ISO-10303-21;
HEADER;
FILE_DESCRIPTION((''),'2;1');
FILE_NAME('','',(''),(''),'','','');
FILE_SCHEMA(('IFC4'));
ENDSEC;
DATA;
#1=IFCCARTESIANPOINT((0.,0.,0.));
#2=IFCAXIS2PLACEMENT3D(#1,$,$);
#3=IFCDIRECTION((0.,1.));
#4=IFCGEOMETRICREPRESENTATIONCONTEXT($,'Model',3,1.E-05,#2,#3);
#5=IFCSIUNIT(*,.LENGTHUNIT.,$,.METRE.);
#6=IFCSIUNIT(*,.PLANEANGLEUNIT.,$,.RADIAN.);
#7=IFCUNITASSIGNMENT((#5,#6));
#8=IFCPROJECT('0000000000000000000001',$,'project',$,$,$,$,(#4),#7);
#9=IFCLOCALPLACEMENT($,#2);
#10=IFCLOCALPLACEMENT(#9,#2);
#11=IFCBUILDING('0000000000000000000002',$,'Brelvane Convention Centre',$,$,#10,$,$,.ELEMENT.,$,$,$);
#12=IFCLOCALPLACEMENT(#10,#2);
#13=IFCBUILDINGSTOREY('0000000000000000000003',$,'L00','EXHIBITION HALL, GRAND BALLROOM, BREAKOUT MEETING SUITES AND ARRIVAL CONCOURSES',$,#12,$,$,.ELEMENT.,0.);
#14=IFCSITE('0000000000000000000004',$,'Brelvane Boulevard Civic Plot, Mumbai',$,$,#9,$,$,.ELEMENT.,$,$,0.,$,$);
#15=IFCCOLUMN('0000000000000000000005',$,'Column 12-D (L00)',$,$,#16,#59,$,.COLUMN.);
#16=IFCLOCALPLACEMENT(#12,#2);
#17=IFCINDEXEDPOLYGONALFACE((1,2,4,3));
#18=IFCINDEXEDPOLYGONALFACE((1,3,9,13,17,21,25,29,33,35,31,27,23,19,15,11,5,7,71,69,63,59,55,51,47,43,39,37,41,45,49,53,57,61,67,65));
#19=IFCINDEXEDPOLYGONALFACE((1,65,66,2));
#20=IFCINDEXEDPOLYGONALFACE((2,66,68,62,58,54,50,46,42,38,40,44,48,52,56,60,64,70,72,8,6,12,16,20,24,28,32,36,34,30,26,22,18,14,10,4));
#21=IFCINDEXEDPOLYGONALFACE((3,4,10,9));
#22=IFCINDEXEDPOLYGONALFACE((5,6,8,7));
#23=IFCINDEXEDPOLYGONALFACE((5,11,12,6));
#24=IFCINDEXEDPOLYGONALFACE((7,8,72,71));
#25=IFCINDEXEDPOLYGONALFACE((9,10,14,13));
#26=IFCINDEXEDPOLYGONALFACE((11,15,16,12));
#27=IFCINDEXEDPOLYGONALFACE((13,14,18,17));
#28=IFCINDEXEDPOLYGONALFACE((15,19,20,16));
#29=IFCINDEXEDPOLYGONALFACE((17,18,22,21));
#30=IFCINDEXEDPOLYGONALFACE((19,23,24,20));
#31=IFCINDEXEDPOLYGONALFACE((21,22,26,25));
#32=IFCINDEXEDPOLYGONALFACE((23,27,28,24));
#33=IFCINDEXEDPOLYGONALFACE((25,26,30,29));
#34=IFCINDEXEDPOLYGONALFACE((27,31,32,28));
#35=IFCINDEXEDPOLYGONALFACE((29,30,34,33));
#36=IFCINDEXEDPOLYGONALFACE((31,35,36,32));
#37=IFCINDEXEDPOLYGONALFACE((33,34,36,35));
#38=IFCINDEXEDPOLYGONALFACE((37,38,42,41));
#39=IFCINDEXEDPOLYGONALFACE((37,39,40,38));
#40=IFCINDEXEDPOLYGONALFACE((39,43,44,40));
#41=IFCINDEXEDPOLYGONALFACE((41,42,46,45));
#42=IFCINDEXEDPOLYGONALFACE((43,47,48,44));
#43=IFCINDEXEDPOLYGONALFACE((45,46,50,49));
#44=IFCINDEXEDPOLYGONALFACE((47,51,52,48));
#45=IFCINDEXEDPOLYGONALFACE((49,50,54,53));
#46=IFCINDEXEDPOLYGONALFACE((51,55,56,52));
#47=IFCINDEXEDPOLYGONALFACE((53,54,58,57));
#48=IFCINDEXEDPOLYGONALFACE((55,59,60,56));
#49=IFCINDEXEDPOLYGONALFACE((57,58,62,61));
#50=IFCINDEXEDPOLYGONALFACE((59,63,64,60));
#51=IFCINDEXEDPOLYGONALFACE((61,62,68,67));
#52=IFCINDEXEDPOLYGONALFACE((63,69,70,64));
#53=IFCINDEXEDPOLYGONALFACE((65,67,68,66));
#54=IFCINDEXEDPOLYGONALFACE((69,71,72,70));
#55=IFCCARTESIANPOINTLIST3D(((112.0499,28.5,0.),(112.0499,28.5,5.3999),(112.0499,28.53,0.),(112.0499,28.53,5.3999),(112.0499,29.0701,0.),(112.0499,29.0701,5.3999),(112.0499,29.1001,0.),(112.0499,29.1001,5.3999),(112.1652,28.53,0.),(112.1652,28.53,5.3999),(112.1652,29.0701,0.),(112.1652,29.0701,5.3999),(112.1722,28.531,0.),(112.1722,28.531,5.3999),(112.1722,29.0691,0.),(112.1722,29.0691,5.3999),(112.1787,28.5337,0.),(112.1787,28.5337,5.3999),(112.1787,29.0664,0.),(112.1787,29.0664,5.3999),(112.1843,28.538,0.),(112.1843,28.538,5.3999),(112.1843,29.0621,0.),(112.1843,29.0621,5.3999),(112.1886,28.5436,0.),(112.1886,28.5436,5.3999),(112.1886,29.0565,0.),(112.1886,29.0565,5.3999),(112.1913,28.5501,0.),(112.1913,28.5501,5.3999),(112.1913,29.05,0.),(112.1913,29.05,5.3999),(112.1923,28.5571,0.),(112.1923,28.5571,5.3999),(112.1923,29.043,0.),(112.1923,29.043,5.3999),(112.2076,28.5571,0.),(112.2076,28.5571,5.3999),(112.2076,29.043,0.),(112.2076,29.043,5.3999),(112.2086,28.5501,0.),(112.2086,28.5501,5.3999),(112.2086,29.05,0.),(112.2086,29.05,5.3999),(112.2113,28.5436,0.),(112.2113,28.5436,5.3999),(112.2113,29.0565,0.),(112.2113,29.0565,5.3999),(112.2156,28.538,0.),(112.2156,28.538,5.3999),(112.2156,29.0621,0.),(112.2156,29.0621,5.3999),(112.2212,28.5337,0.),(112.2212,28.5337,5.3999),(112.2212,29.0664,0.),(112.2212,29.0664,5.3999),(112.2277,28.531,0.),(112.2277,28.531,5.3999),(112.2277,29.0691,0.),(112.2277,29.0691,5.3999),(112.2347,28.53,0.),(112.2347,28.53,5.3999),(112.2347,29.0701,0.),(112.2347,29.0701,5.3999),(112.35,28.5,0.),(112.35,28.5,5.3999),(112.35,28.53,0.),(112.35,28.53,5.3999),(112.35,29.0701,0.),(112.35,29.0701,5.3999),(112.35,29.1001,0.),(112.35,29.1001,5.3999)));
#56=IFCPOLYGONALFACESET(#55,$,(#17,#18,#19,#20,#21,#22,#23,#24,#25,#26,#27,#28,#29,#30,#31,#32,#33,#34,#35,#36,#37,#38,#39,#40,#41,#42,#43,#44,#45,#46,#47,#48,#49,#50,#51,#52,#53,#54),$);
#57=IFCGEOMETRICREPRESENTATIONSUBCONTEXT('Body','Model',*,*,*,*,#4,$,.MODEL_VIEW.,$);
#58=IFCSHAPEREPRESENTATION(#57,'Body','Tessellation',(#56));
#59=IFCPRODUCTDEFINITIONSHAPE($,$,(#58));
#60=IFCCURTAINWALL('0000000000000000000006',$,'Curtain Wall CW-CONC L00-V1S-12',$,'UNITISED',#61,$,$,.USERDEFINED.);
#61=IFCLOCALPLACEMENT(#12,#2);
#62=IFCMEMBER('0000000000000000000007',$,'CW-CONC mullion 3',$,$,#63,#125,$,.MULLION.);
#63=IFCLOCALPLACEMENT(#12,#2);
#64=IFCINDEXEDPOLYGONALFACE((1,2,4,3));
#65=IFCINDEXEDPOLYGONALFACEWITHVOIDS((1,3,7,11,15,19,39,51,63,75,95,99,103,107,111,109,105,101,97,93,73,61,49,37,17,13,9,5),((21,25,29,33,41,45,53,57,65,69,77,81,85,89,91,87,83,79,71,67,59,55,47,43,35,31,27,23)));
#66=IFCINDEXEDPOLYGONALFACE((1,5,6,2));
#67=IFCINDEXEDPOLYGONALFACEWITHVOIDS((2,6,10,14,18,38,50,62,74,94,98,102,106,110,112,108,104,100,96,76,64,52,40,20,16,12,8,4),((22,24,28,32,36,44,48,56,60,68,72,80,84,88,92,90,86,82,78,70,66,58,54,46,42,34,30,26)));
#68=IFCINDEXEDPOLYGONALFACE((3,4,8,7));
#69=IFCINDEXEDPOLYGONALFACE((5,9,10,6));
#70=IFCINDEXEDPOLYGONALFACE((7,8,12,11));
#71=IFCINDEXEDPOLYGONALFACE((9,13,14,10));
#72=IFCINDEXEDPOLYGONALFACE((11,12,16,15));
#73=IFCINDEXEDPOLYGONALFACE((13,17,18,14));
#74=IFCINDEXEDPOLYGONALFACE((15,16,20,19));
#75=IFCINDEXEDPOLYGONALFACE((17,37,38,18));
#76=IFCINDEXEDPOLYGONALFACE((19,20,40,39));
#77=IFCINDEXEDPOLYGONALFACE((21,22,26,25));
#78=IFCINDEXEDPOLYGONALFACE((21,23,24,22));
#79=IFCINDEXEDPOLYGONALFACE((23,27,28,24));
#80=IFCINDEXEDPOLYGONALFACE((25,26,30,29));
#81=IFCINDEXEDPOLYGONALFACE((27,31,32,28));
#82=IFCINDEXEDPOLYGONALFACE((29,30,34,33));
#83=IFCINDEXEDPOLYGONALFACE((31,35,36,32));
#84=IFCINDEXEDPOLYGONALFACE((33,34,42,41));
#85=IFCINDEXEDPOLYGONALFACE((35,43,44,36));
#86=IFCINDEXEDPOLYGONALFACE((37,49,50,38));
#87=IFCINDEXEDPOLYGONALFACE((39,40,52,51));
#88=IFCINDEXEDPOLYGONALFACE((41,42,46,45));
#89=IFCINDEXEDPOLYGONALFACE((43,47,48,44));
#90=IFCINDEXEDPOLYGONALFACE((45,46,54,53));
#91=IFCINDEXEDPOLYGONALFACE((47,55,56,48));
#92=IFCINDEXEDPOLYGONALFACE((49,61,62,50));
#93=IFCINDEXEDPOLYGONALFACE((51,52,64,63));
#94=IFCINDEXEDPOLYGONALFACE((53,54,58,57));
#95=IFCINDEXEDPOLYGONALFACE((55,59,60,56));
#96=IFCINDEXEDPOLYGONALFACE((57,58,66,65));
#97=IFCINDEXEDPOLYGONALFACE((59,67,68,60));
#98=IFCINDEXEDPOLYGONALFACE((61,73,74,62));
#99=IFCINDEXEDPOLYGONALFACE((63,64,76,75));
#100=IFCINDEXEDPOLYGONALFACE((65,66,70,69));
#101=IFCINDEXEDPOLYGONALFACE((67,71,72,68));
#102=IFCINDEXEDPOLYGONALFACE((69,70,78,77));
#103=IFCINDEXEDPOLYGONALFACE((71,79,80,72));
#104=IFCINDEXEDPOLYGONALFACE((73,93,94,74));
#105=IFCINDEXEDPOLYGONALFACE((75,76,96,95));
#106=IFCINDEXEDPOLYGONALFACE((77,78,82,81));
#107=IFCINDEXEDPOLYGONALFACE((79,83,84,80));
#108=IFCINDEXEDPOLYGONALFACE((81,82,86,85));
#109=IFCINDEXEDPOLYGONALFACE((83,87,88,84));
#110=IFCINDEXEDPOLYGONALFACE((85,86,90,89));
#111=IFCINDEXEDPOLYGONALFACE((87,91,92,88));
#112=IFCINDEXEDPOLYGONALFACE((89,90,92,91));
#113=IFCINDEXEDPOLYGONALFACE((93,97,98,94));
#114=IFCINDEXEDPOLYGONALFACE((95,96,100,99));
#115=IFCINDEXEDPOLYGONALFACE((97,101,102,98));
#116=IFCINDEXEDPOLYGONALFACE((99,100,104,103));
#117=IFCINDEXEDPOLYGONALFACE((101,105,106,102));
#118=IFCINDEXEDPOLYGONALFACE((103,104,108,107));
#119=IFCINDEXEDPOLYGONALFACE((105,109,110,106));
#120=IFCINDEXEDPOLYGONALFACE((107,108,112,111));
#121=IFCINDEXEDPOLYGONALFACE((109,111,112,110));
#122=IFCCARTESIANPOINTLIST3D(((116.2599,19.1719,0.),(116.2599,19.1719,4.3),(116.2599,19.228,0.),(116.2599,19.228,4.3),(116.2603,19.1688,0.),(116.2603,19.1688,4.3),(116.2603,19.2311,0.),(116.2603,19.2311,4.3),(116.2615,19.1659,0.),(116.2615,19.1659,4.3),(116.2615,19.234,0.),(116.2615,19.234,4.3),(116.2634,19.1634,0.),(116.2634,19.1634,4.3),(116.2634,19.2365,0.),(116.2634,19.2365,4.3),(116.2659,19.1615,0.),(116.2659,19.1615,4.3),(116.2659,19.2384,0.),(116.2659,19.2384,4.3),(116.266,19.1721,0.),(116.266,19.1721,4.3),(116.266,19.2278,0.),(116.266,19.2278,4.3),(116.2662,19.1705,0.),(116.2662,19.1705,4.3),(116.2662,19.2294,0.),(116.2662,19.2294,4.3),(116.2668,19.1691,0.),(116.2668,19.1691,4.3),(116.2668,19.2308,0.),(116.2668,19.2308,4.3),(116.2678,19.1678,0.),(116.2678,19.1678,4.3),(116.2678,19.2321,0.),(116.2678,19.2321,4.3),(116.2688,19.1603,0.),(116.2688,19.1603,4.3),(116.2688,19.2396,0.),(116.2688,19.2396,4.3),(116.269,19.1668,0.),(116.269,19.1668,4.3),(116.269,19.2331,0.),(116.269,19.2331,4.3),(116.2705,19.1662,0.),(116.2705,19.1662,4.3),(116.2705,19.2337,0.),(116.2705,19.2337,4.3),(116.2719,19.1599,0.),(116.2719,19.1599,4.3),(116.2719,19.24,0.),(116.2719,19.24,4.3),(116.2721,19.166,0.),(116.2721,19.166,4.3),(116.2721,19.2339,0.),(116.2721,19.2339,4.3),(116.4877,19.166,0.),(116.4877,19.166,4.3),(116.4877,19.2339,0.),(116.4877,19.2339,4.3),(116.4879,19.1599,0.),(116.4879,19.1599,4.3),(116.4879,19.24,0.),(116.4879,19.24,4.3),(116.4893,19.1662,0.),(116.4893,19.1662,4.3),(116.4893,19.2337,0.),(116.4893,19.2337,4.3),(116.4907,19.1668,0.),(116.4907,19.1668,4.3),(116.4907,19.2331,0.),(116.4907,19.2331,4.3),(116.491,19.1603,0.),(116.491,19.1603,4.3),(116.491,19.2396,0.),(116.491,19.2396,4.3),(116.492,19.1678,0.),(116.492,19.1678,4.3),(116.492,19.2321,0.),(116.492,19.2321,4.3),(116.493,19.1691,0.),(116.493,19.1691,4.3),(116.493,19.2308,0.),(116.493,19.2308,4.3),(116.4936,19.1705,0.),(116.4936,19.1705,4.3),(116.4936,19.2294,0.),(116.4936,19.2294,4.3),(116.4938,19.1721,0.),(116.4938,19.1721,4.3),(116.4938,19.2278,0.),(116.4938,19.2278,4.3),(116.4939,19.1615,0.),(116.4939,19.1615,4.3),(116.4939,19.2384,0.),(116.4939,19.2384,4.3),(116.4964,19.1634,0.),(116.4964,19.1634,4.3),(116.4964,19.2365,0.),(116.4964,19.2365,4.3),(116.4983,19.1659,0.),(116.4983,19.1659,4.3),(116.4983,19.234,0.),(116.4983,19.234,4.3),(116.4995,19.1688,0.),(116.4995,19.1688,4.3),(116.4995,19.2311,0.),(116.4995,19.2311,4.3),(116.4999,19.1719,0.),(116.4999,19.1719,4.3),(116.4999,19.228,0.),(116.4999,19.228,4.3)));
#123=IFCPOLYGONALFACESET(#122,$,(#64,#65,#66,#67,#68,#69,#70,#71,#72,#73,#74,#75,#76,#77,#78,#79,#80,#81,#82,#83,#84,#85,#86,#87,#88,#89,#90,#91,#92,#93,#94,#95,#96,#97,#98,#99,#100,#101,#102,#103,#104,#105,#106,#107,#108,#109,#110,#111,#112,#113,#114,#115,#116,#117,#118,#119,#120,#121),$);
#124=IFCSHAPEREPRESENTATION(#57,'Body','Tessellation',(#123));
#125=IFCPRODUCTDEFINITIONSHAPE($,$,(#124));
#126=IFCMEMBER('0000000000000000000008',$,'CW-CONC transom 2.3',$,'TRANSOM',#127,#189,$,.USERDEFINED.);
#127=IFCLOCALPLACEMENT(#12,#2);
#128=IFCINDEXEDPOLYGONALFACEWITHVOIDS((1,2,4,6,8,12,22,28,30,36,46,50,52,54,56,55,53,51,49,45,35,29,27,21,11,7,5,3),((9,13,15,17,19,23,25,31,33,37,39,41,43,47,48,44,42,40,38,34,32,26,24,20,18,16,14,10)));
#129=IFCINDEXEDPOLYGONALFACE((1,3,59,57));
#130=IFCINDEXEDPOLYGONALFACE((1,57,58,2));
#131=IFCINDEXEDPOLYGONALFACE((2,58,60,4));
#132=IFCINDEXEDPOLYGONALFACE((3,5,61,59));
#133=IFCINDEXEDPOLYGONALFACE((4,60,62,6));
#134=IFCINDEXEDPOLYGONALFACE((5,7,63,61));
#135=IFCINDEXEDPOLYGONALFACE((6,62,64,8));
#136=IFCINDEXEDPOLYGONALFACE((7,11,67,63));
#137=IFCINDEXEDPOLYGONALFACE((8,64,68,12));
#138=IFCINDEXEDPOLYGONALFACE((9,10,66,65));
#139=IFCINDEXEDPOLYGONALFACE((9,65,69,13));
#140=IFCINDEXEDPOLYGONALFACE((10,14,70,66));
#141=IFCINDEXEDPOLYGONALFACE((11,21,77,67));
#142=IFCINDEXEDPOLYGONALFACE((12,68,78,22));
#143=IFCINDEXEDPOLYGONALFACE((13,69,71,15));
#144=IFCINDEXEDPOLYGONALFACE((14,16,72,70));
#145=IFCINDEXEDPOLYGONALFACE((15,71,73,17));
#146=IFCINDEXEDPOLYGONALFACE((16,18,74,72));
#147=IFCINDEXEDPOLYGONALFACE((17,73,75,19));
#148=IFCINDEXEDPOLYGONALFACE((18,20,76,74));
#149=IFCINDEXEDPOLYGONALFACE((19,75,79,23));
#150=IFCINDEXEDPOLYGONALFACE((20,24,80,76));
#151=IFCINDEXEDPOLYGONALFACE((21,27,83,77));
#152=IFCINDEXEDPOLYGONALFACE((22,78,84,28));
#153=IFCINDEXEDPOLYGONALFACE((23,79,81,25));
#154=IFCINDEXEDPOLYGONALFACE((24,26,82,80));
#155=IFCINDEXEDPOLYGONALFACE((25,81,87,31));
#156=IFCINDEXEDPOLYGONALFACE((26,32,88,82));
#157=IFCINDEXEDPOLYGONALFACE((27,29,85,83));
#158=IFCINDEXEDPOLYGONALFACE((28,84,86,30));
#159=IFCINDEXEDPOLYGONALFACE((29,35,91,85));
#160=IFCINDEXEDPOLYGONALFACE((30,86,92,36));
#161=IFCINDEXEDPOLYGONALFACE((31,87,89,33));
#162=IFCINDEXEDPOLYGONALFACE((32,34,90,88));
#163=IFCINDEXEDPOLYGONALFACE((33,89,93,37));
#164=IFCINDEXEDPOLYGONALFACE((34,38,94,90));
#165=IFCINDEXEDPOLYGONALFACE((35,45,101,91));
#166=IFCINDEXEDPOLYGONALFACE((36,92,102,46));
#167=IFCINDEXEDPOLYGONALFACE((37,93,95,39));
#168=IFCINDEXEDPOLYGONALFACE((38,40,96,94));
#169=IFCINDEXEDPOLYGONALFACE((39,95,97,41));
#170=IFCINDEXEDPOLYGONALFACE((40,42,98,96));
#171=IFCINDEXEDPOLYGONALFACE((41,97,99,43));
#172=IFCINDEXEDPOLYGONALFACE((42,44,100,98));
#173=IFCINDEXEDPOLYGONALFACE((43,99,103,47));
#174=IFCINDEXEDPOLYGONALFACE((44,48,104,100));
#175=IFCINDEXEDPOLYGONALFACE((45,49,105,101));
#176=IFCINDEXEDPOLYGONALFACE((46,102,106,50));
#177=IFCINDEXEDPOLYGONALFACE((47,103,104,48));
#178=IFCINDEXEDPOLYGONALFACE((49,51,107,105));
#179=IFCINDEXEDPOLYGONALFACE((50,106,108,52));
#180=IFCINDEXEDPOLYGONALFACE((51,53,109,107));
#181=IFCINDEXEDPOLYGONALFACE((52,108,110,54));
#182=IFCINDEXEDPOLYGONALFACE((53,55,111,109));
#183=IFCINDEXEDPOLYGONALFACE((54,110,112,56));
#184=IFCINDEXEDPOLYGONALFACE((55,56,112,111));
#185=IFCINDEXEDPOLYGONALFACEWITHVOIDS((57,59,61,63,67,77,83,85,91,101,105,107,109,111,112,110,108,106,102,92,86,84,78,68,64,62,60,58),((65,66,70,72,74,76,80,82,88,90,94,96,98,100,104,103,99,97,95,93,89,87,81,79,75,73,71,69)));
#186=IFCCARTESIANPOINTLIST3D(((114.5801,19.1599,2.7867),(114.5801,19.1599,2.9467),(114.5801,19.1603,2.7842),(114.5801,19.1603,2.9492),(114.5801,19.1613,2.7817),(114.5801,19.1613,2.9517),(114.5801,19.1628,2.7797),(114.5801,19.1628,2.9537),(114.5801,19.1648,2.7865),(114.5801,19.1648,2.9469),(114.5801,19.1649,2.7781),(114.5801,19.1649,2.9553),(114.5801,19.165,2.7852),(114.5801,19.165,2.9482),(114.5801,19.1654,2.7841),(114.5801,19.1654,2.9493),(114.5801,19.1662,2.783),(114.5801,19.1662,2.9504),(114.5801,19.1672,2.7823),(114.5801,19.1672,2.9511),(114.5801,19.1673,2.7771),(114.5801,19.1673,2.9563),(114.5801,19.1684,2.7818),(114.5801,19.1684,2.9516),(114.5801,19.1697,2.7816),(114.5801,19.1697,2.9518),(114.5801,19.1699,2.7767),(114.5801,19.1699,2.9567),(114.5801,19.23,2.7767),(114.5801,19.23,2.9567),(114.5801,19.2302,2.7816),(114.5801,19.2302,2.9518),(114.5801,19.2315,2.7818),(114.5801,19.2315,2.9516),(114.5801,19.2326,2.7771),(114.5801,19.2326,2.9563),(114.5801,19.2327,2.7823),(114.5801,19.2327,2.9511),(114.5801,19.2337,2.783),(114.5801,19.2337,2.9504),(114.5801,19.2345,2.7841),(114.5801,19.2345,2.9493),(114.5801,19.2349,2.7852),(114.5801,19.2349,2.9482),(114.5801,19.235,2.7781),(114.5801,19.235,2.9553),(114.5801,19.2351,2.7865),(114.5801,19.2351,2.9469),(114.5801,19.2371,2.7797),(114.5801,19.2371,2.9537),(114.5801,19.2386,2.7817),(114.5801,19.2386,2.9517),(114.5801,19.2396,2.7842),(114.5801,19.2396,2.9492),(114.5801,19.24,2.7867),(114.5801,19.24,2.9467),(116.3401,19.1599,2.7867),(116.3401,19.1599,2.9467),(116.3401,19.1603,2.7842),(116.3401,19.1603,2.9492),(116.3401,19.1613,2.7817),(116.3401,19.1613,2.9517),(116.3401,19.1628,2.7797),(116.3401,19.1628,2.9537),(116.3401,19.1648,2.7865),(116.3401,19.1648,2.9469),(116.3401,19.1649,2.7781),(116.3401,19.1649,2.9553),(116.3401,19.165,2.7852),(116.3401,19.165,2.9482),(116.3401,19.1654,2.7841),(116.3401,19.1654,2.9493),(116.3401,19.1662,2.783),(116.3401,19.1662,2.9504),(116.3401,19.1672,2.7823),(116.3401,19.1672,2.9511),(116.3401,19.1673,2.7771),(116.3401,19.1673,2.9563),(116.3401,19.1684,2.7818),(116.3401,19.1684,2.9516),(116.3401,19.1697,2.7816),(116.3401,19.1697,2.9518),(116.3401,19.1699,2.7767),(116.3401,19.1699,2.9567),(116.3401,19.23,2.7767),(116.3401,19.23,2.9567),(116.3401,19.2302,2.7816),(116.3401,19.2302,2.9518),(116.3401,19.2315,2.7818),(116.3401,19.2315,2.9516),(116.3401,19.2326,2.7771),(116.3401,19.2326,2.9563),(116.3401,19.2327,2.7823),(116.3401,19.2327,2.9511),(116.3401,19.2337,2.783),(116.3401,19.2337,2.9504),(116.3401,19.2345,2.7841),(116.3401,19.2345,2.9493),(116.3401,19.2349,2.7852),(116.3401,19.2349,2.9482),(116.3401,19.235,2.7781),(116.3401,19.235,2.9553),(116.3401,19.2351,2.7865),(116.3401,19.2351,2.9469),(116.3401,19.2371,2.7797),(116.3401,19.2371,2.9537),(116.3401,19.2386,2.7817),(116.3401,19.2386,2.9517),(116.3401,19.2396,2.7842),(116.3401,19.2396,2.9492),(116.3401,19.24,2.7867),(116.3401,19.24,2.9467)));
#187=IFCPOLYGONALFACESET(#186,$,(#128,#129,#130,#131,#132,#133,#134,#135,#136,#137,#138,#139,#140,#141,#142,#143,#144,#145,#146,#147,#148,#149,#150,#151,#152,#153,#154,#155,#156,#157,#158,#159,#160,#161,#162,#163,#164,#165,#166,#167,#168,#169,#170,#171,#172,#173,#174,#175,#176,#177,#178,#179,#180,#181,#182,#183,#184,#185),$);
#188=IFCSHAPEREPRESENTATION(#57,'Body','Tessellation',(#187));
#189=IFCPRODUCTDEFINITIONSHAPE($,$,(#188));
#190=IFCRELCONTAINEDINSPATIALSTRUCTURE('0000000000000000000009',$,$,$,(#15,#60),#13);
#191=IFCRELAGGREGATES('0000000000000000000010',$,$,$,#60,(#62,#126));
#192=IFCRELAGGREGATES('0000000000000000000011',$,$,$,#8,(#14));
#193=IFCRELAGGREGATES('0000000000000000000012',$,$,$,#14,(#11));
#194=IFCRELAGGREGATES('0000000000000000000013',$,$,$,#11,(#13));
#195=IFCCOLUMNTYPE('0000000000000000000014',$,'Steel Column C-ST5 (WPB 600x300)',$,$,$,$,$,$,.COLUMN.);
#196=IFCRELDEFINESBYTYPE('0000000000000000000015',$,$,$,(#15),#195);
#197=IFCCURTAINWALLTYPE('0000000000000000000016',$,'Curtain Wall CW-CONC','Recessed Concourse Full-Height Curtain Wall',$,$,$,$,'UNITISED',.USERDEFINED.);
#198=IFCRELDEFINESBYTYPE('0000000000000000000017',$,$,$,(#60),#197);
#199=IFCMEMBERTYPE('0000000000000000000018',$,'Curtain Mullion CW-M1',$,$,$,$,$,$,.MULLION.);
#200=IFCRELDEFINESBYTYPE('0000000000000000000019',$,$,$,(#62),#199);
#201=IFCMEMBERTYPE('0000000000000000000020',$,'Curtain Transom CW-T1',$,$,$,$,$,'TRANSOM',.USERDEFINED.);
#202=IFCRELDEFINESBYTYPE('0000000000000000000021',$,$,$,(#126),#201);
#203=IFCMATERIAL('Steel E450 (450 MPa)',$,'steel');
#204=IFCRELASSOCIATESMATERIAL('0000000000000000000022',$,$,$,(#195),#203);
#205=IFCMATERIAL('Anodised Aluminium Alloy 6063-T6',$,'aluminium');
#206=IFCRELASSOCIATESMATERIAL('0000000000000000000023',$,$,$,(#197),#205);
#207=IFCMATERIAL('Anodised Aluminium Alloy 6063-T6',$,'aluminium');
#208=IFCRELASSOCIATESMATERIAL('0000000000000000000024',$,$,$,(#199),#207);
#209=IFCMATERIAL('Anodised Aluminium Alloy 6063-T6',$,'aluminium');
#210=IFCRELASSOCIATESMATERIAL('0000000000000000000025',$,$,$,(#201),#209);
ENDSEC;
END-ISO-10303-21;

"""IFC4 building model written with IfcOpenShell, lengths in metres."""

from ifc_helpers import new_model, si_unit, direction, frame, origin, origin_2d, place, context, subcontext, project, spatial, hollow_rectangle, i_section, extrude, material, material_profile, profile_set, type_object, element, aggregate, save


model = new_model("IFC4")

# Units and contexts
model_context = context("Model", 3, precision=1e-05, world=origin(), true_north=direction((0.0, 1.0)))
body_context = subcontext(model_context, "Body", "Model", "MODEL_VIEW")
ifc_project = project(units=[si_unit("LENGTHUNIT", "METRE"), si_unit("PLANEANGLEUNIT", "RADIAN")], contexts=[model_context])

# Site, building, storey
site_placement = place(None, origin())
site = spatial("IfcSite", under=ifc_project, at=site_placement, Name="Brelvane Boulevard Civic Plot, Mumbai", CompositionType="ELEMENT", RefElevation=0.0)
building_placement = place(site_placement, origin())
building = spatial("IfcBuilding", under=site, at=building_placement, Name="Brelvane Convention Centre", CompositionType="ELEMENT")
storey_placement = place(building_placement, origin())
storey = spatial("IfcBuildingStorey", under=building, at=storey_placement, Name="L00", Description="EXHIBITION HALL, GRAND BALLROOM, BREAKOUT MEETING SUITES AND ARRIVAL CONCOURSES", CompositionType="ELEMENT", Elevation=0.0)

# Column
ifc_material_1 = material(Name="Steel E450 (450 MPa)", Category="steel")
ifc_material_profile_1 = material_profile(ifc_material_1, i_section(OverallWidth=0.3, OverallDepth=0.6001, WebThickness=0.0154, FlangeThickness=0.03, FilletRadius=0.0271, at=origin_2d()), Name="WPB 600x300")
ifc_profile_set_1 = profile_set([ifc_material_profile_1], Name="Steel E450 (450 MPa)")
column_type = type_object("IfcColumnType", Name="Steel Column C-ST5 (WPB 600x300)", PredefinedType="COLUMN", material=ifc_profile_set_1)
column_placement = place(storey_placement, frame((112.2, 28.8, 0.0), z_axis=(0.0, 0.0, 1.0), x_axis=(1.0, 0.0, 0.0)))
element("IfcColumn", 1, at=column_placement, inside=storey, type_object=column_type, Name="Column 12-D (L00)", PredefinedType="COLUMN", context=body_context, shape_type="SweptSolid", body=[
    extrude(i_section(OverallWidth=0.3, OverallDepth=0.6001, WebThickness=0.0154, FlangeThickness=0.03, FilletRadius=0.0271, at=origin_2d()), origin(), (0.0, 0.0, 1.0), 5.3999),
])

# Curtain wall, members
ifc_material_2 = material(Name="Anodised Aluminium Alloy 6063-T6", Category="aluminium")
curtain_wall_type = type_object("IfcCurtainWallType", Name="Curtain Wall CW-CONC", Description="Recessed Concourse Full-Height Curtain Wall", ElementType="UNITISED", PredefinedType="USERDEFINED", material=ifc_material_2)
curtain_wall_placement = place(storey_placement, origin())
curtain_wall = element("IfcCurtainWall", 2, at=curtain_wall_placement, inside=storey, type_object=curtain_wall_type, Name="Curtain Wall CW-CONC L00-V1S-12", ObjectType="UNITISED", PredefinedType="USERDEFINED")
ifc_material_3 = material(Name="Anodised Aluminium Alloy 6063-T6", Category="aluminium")
ifc_material_profile_2 = material_profile(ifc_material_3, hollow_rectangle(XDim=0.0801, YDim=0.24, WallThickness=0.0061, InnerFilletRadius=0.0061, OuterFilletRadius=0.012, at=origin_2d()), Name="ALU-M 240x80x6.0")
ifc_profile_set_2 = profile_set([ifc_material_profile_2], Name="Anodised Aluminium Alloy 6063-T6")
member_type_1 = type_object("IfcMemberType", Name="Curtain Mullion CW-M1", PredefinedType="MULLION", material=ifc_profile_set_2)
member_1_placement = place(storey_placement, frame((116.3799, 19.2, 0.0), z_axis=(0.0, 0.0, 1.0), x_axis=(0.0, 1.0, 0.0)))
member_1 = element("IfcMember", 3, at=member_1_placement, type_object=member_type_1, Name="CW-CONC mullion 3", PredefinedType="MULLION", context=body_context, shape_type="SweptSolid", body=[
    extrude(hollow_rectangle(XDim=0.0801, YDim=0.24, WallThickness=0.0061, InnerFilletRadius=0.0061, OuterFilletRadius=0.012, at=origin_2d()), origin(), (0.0, 0.0, 1.0), 4.3),
])
ifc_material_4 = material(Name="Anodised Aluminium Alloy 6063-T6", Category="aluminium")
ifc_material_profile_3 = material_profile(ifc_material_4, hollow_rectangle(XDim=0.0801, YDim=0.1799, WallThickness=0.0049, InnerFilletRadius=0.0049, OuterFilletRadius=0.01, at=origin_2d()), Name="ALU-T 180x80x5.0")
ifc_profile_set_3 = profile_set([ifc_material_profile_3], Name="Anodised Aluminium Alloy 6063-T6")
member_type_2 = type_object("IfcMemberType", Name="Curtain Transom CW-T1", ElementType="TRANSOM", PredefinedType="USERDEFINED", material=ifc_profile_set_3)
member_2_placement = place(storey_placement, frame((114.5801, 19.2, 2.8667), z_axis=(1.0, 0.0, 0.0), x_axis=(0.0, 1.0, 0.0)))
member_2 = element("IfcMember", 4, at=member_2_placement, type_object=member_type_2, Name="CW-CONC transom 2.3", ObjectType="TRANSOM", PredefinedType="USERDEFINED", context=body_context, shape_type="SweptSolid", body=[
    extrude(hollow_rectangle(XDim=0.0801, YDim=0.1799, WallThickness=0.0049, InnerFilletRadius=0.0049, OuterFilletRadius=0.01, at=origin_2d()), origin(), (0.0, 0.0, 1.0), 1.76),
])

aggregate(curtain_wall, [member_1, member_2])

save(model, "model.ifc")
